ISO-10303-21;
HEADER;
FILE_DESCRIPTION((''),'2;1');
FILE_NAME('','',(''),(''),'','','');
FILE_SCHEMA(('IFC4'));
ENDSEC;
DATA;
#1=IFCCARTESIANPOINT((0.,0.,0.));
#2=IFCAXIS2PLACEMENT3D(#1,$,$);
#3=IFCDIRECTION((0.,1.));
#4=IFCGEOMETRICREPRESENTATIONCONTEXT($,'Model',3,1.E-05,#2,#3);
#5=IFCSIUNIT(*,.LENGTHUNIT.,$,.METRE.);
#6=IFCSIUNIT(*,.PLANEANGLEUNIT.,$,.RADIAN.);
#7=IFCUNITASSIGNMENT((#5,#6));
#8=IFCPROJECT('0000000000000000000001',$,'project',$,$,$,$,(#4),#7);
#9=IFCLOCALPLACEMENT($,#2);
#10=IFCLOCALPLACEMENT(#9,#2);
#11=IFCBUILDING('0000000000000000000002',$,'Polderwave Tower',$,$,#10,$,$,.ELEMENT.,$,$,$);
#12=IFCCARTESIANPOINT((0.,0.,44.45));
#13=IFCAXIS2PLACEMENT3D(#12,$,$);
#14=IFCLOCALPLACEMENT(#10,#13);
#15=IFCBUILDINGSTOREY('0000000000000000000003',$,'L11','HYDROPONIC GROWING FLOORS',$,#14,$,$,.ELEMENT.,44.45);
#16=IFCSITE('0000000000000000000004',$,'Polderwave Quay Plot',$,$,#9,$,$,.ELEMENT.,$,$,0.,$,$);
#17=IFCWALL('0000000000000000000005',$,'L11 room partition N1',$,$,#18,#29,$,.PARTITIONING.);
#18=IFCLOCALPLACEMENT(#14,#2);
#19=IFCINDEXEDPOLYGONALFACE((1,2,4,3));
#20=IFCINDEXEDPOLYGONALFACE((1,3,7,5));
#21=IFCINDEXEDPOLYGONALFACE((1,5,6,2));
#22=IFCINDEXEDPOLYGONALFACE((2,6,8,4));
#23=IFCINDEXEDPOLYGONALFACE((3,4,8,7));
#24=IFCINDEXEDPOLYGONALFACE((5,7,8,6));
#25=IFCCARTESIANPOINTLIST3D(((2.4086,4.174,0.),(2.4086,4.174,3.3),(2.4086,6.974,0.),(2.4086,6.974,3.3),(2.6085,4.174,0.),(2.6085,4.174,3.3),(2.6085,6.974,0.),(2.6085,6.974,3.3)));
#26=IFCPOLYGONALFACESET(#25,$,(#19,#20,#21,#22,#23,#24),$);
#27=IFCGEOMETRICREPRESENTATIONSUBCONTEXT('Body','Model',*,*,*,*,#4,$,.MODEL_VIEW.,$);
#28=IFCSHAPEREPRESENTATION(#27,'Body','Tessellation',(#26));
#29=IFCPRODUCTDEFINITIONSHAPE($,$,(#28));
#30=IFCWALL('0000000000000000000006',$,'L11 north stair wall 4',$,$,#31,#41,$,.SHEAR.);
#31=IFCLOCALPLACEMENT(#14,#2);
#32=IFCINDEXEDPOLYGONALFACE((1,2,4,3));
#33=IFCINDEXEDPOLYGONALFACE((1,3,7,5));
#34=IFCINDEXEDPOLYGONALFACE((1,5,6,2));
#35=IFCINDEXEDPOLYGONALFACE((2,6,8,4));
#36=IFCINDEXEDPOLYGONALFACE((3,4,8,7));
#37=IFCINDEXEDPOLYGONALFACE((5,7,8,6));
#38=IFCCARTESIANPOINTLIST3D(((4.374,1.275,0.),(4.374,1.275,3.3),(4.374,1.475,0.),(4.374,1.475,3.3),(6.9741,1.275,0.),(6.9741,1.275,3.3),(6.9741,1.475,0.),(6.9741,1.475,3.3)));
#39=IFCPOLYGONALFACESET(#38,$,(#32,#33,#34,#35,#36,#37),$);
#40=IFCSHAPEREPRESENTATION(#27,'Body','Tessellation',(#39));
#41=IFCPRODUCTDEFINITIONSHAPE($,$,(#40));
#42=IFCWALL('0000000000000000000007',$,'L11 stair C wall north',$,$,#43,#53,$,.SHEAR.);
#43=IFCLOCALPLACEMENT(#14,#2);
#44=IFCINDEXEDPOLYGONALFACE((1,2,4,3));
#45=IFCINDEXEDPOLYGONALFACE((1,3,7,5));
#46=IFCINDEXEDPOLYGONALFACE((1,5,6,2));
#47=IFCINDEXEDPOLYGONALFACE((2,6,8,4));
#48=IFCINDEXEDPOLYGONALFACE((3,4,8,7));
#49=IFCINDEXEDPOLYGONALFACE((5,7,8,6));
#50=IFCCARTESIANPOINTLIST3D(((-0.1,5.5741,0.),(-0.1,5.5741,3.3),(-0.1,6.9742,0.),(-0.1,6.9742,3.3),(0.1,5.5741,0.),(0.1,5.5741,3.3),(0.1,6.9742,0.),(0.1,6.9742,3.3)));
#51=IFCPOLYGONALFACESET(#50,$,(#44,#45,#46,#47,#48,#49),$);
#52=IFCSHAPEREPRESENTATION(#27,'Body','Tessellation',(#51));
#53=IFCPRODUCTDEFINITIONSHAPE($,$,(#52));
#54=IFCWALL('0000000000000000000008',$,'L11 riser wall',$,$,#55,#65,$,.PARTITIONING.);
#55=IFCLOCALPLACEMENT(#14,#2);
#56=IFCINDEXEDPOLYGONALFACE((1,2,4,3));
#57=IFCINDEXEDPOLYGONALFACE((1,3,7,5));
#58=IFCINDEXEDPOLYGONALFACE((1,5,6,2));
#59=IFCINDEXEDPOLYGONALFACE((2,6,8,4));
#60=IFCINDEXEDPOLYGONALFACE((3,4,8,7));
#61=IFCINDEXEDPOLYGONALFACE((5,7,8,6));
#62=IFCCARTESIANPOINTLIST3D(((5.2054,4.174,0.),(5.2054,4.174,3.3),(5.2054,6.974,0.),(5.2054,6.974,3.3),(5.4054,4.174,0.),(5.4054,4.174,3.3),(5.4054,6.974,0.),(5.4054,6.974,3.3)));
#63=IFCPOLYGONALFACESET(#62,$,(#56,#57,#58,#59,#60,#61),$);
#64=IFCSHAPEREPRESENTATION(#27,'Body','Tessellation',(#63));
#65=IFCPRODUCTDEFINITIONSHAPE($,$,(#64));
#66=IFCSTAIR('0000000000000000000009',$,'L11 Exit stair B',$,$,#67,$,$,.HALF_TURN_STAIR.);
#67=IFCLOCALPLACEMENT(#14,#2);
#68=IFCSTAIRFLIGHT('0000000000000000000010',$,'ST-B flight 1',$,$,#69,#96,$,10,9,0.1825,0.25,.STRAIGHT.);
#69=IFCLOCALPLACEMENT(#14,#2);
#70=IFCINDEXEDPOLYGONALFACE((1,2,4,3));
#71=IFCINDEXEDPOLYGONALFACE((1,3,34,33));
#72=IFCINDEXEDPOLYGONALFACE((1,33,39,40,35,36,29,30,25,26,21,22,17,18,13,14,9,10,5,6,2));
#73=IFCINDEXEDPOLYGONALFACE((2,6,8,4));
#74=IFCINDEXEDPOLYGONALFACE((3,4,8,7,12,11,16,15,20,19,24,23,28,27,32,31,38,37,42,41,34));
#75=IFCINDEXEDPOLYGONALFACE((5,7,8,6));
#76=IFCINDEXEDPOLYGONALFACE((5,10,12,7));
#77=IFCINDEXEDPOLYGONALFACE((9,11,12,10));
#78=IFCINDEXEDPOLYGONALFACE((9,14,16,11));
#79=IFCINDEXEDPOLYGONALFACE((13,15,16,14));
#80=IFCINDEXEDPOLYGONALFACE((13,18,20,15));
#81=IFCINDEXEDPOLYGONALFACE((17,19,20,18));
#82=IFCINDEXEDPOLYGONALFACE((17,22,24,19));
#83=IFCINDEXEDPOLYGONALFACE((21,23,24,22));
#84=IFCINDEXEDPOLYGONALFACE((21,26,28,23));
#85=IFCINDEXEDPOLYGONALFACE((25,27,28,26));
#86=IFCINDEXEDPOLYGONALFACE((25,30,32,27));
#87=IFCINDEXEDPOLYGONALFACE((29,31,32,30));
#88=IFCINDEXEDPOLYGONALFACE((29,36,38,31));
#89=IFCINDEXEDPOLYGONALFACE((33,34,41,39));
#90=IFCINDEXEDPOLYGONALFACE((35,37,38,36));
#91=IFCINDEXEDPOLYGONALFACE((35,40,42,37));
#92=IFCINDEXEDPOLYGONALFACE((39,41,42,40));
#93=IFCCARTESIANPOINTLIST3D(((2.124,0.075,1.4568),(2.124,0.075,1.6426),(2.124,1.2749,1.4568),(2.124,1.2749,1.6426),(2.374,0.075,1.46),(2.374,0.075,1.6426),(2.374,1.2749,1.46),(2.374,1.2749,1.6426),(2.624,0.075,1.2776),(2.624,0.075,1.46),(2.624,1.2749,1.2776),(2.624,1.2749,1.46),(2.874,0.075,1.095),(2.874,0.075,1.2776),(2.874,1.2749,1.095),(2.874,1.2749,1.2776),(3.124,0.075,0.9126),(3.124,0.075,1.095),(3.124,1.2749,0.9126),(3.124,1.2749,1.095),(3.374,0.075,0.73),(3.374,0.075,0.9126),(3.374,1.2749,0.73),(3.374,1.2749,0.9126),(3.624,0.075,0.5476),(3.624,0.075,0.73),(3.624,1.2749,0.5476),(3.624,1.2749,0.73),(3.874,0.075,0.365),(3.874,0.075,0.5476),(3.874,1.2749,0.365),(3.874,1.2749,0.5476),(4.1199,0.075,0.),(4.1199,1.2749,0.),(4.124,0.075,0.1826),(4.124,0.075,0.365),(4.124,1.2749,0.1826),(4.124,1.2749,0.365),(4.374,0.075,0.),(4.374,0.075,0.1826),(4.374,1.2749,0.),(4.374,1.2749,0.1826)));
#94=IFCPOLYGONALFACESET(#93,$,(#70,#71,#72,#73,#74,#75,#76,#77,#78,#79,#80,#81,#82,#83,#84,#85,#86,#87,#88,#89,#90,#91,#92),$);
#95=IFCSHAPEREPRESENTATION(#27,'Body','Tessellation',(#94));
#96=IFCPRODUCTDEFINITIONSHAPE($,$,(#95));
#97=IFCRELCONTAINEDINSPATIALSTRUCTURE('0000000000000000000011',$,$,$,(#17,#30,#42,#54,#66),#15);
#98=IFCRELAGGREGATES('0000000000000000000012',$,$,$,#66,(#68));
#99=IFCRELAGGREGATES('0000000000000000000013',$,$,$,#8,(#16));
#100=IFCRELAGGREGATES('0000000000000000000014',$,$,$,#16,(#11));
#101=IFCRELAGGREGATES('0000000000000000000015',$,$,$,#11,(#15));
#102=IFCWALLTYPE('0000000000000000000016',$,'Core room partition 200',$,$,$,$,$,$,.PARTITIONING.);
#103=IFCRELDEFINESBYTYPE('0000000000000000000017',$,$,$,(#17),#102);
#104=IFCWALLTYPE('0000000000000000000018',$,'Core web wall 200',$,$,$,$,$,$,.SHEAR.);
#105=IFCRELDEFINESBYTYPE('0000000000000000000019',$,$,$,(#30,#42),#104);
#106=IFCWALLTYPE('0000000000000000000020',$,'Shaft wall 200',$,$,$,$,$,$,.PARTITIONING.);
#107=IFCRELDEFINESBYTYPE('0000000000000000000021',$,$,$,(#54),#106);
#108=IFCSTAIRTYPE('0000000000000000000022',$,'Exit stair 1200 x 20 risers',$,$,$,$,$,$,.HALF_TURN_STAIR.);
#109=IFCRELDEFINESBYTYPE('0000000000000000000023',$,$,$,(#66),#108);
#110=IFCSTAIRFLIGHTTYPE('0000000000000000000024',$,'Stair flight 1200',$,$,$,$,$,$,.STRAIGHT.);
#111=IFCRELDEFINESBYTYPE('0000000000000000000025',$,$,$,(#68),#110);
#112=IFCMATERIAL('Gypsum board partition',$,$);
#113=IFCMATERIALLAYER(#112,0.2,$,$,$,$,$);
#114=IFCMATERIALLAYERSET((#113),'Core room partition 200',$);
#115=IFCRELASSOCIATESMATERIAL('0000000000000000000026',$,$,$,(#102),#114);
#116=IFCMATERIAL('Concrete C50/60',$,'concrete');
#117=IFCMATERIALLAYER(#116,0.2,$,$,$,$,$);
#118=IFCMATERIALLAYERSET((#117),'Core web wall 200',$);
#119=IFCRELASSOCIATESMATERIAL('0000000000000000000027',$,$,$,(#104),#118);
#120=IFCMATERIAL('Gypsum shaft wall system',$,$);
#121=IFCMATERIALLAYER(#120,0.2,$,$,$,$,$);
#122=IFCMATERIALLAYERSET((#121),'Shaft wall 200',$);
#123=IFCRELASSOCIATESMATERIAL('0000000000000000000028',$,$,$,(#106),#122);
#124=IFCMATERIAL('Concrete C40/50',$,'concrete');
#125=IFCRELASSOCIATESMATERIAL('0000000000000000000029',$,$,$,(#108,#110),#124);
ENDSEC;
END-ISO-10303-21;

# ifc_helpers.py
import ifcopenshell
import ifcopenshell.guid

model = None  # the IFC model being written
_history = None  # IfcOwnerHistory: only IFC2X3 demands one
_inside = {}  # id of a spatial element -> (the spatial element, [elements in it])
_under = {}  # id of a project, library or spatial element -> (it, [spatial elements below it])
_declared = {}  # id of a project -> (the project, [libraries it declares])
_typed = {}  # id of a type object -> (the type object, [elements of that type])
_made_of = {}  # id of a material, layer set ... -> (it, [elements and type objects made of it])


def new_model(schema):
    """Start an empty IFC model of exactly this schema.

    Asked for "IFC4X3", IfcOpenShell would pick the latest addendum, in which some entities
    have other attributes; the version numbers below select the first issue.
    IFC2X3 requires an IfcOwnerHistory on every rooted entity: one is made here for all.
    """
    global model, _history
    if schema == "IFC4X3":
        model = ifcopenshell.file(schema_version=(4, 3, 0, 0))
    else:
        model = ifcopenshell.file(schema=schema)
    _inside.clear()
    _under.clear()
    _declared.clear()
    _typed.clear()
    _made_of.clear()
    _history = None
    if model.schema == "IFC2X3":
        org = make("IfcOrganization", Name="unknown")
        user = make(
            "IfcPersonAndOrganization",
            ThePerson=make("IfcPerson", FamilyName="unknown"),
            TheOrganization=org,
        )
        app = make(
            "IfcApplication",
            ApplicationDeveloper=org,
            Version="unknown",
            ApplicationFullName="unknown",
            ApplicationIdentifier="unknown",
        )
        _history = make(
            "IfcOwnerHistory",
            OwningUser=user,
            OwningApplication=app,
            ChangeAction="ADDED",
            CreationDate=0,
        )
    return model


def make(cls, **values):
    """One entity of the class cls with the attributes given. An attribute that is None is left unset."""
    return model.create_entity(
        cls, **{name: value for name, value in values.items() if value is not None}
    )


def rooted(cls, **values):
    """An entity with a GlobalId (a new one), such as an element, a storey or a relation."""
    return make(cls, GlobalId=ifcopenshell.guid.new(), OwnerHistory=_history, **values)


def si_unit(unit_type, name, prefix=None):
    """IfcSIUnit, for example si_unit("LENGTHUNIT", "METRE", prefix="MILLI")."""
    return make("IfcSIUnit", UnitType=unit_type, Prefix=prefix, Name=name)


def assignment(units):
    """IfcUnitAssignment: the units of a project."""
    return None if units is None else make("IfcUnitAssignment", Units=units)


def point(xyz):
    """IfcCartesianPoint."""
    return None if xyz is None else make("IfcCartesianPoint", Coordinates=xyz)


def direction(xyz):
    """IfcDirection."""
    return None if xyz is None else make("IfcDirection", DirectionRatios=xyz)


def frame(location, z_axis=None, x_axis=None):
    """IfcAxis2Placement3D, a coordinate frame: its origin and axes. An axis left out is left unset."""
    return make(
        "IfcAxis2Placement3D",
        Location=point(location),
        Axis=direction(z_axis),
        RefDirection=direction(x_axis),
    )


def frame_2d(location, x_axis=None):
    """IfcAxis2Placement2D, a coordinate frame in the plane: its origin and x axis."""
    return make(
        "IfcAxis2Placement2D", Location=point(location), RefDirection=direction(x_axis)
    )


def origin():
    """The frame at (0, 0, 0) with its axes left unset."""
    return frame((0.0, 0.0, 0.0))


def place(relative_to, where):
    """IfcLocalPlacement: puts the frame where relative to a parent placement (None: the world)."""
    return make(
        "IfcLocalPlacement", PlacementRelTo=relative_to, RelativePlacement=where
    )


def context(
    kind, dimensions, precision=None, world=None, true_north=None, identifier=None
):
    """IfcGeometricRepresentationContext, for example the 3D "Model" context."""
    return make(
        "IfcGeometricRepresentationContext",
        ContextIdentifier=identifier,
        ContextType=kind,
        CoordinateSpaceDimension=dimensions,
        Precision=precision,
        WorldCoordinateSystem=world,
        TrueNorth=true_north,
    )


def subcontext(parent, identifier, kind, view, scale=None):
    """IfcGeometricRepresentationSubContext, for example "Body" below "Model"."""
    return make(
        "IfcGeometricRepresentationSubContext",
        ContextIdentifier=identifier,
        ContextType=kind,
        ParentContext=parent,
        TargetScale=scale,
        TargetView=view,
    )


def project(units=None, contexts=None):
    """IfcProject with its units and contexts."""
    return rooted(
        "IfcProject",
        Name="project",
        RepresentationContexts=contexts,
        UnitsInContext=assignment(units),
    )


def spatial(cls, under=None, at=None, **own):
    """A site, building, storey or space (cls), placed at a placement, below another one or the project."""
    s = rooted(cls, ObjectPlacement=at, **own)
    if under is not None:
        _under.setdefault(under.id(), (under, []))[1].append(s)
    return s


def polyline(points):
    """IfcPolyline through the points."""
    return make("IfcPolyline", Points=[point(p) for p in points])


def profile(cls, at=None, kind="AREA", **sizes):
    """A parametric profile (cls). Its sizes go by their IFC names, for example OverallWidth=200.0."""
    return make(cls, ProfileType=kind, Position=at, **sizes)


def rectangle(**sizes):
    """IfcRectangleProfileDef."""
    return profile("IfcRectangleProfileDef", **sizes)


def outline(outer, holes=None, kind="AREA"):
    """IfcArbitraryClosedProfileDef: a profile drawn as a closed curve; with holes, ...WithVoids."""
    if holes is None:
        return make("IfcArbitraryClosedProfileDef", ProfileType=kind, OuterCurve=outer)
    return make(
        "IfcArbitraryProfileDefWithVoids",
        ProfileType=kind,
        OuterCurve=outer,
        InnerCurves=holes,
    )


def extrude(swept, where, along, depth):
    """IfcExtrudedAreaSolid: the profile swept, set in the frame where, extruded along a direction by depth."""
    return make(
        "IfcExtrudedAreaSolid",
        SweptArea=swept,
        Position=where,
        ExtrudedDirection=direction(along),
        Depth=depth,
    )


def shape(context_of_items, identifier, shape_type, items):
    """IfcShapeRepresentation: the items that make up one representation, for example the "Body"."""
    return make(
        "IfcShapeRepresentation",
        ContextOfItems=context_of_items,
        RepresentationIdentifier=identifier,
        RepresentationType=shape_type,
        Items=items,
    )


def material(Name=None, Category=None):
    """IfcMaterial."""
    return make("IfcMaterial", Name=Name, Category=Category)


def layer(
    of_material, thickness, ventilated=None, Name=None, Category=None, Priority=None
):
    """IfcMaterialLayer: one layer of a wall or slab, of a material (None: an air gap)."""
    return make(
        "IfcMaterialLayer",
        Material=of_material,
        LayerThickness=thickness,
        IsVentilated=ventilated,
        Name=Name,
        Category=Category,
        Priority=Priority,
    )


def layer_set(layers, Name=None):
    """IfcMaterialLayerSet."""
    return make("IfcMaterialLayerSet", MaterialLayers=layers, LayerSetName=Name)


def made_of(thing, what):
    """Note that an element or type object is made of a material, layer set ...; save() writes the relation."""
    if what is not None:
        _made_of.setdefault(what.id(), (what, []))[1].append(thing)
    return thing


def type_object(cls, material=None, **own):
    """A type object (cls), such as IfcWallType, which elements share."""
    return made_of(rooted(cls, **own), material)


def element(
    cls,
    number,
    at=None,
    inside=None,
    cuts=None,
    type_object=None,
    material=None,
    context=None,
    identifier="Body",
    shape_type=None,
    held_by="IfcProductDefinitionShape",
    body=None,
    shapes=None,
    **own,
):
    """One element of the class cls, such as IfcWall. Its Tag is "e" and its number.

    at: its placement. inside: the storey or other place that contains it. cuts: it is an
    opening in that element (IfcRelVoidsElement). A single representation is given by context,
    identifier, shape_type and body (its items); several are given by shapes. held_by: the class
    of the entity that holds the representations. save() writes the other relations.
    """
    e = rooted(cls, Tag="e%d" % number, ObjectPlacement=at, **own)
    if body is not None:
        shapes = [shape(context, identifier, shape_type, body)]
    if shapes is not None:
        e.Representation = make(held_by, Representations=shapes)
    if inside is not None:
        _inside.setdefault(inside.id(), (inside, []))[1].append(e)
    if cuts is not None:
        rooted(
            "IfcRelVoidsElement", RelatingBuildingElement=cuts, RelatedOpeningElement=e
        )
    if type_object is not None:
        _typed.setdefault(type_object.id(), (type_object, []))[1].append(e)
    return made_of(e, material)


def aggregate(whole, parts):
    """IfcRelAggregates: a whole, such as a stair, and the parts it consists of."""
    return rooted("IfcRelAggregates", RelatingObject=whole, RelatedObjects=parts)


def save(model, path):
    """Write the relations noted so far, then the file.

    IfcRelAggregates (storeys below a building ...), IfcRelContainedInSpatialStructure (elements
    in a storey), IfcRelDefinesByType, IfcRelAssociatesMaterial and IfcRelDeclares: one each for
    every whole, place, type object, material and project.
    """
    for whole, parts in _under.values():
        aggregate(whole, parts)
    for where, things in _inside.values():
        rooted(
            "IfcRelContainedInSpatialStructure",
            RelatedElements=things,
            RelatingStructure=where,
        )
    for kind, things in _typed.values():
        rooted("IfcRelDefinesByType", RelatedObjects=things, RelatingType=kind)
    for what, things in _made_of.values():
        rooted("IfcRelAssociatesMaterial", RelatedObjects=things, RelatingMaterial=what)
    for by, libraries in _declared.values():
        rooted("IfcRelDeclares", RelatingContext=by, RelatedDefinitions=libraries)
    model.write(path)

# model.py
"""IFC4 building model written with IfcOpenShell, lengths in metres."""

from ifc_helpers import new_model, si_unit, direction, frame, frame_2d, origin, place, context, subcontext, project, spatial, polyline, rectangle, outline, extrude, material, layer, layer_set, type_object, element, aggregate, save


model = new_model("IFC4")

# Units and contexts
model_context = context("Model", 3, precision=1e-05, world=origin(), true_north=direction((0.0, 1.0)))
body_context = subcontext(model_context, "Body", "Model", "MODEL_VIEW")
ifc_project = project(units=[si_unit("LENGTHUNIT", "METRE"), si_unit("PLANEANGLEUNIT", "RADIAN")], contexts=[model_context])

# Site, building, storey
site_placement = place(None, origin())
site = spatial("IfcSite", under=ifc_project, at=site_placement, Name="Polderwave Quay Plot", CompositionType="ELEMENT", RefElevation=0.0)
building_placement = place(site_placement, origin())
building = spatial("IfcBuilding", under=site, at=building_placement, Name="Polderwave Tower", CompositionType="ELEMENT")
storey_placement = place(building_placement, frame((0.0, 0.0, 44.45)))
storey = spatial("IfcBuildingStorey", under=building, at=storey_placement, Name="L11", Description="HYDROPONIC GROWING FLOORS", CompositionType="ELEMENT", Elevation=44.45)

# Walls
ifc_material_1 = material(Name="Gypsum board partition")
ifc_layer_1 = layer(ifc_material_1, 0.2)
ifc_layer_set_1 = layer_set([ifc_layer_1], Name="Core room partition 200")
wall_type_1 = type_object("IfcWallType", Name="Core room partition 200", PredefinedType="PARTITIONING", material=ifc_layer_set_1)
wall_1_placement = place(storey_placement, frame((2.5085, 4.1741, 0.0), z_axis=(0.0, 0.0, 1.0), x_axis=(0.0, 1.0, 0.0)))
element("IfcWall", 1, at=wall_1_placement, inside=storey, type_object=wall_type_1, Name="L11 room partition N1", PredefinedType="PARTITIONING", context=body_context, shape_type="SweptSolid", body=[
    extrude(rectangle(XDim=2.8, YDim=0.2, at=frame_2d((1.3999, 0.0))), origin(), (0.0, 0.0, 1.0), 3.3),
])
ifc_material_2 = material(Name="Concrete C50/60", Category="concrete")
ifc_layer_2 = layer(ifc_material_2, 0.2)
ifc_layer_set_2 = layer_set([ifc_layer_2], Name="Core web wall 200")
wall_type_2 = type_object("IfcWallType", Name="Core web wall 200", PredefinedType="SHEAR", material=ifc_layer_set_2)
wall_2_placement = place(storey_placement, frame((4.374, 1.375, 0.0), z_axis=(0.0, 0.0, 1.0), x_axis=(1.0, 0.0, 0.0)))
element("IfcWall", 2, at=wall_2_placement, inside=storey, type_object=wall_type_2, Name="L11 north stair wall 4", PredefinedType="SHEAR", context=body_context, shape_type="SweptSolid", body=[
    extrude(rectangle(XDim=2.6001, YDim=0.2, at=frame_2d((1.3, 0.0))), origin(), (0.0, 0.0, 1.0), 3.3),
])
wall_3_placement = place(storey_placement, frame((0.0, 5.574, 0.0), z_axis=(0.0, 0.0, 1.0), x_axis=(0.0, 1.0, 0.0)))
element("IfcWall", 3, at=wall_3_placement, inside=storey, type_object=wall_type_2, Name="L11 stair C wall north", PredefinedType="SHEAR", context=body_context, shape_type="SweptSolid", body=[
    extrude(rectangle(XDim=1.4001, YDim=0.2, at=frame_2d((0.7002, 0.0))), origin(), (0.0, 0.0, 1.0), 3.3),
])
ifc_material_3 = material(Name="Gypsum shaft wall system")
ifc_layer_3 = layer(ifc_material_3, 0.2)
ifc_layer_set_3 = layer_set([ifc_layer_3], Name="Shaft wall 200")
wall_type_3 = type_object("IfcWallType", Name="Shaft wall 200", PredefinedType="PARTITIONING", material=ifc_layer_set_3)
wall_4_placement = place(storey_placement, frame((5.3054, 4.1741, 0.0), z_axis=(0.0, 0.0, 1.0), x_axis=(0.0, 1.0, 0.0)))
element("IfcWall", 4, at=wall_4_placement, inside=storey, type_object=wall_type_3, Name="L11 riser wall", PredefinedType="PARTITIONING", context=body_context, shape_type="SweptSolid", body=[
    extrude(rectangle(XDim=2.8, YDim=0.2, at=frame_2d((1.3999, 0.0))), origin(), (0.0, 0.0, 1.0), 3.3),
])

# Stair, stair flight
ifc_material_4 = material(Name="Concrete C40/50", Category="concrete")
stair_type = type_object("IfcStairType", Name="Exit stair 1200 x 20 risers", PredefinedType="HALF_TURN_STAIR", material=ifc_material_4)
stair_placement = place(storey_placement, origin())
stair = element("IfcStair", 5, at=stair_placement, inside=storey, type_object=stair_type, Name="L11 Exit stair B", PredefinedType="HALF_TURN_STAIR")
stair_flight_type = type_object("IfcStairFlightType", Name="Stair flight 1200", PredefinedType="STRAIGHT", material=ifc_material_4)
stair_flight_placement = place(storey_placement, frame((4.374, 0.675, 0.0), z_axis=(0.0, 0.0, 1.0), x_axis=(-1.0, 0.0, 0.0)))
stair_flight = element("IfcStairFlight", 6, at=stair_flight_placement, type_object=stair_flight_type, Name="ST-B flight 1", NumberOfRisers=10, NumberOfTreads=9, PredefinedType="STRAIGHT", RiserHeight=0.1825, TreadLength=0.25, context=body_context, shape_type="SweptSolid", body=[
    extrude(outline(polyline([(0.0, 0.0), (0.0, 0.1826), (0.25, 0.1826), (0.25, 0.365), (0.5, 0.365), (0.5, 0.5476), (0.75, 0.5476), (0.75, 0.73), (1.0, 0.73), (1.0, 0.9126), (1.25, 0.9126), (1.25, 1.095), (1.5, 1.095), (1.5, 1.2776), (1.75, 1.2776), (1.75, 1.46), (2.0, 1.46), (2.0, 1.6426), (2.25, 1.6426), (2.25, 1.825), (2.25, 1.4568), (0.2542, 0.0), (0.0, 0.0)])), frame((0.0, 0.6001, 0.0), z_axis=(0.0, -1.0, 0.0), x_axis=(1.0, 0.0, 0.0)), (0.0, 0.0, 1.0), 1.2),
])
aggregate(stair, [stair_flight])

save(model, "model.ifc")
